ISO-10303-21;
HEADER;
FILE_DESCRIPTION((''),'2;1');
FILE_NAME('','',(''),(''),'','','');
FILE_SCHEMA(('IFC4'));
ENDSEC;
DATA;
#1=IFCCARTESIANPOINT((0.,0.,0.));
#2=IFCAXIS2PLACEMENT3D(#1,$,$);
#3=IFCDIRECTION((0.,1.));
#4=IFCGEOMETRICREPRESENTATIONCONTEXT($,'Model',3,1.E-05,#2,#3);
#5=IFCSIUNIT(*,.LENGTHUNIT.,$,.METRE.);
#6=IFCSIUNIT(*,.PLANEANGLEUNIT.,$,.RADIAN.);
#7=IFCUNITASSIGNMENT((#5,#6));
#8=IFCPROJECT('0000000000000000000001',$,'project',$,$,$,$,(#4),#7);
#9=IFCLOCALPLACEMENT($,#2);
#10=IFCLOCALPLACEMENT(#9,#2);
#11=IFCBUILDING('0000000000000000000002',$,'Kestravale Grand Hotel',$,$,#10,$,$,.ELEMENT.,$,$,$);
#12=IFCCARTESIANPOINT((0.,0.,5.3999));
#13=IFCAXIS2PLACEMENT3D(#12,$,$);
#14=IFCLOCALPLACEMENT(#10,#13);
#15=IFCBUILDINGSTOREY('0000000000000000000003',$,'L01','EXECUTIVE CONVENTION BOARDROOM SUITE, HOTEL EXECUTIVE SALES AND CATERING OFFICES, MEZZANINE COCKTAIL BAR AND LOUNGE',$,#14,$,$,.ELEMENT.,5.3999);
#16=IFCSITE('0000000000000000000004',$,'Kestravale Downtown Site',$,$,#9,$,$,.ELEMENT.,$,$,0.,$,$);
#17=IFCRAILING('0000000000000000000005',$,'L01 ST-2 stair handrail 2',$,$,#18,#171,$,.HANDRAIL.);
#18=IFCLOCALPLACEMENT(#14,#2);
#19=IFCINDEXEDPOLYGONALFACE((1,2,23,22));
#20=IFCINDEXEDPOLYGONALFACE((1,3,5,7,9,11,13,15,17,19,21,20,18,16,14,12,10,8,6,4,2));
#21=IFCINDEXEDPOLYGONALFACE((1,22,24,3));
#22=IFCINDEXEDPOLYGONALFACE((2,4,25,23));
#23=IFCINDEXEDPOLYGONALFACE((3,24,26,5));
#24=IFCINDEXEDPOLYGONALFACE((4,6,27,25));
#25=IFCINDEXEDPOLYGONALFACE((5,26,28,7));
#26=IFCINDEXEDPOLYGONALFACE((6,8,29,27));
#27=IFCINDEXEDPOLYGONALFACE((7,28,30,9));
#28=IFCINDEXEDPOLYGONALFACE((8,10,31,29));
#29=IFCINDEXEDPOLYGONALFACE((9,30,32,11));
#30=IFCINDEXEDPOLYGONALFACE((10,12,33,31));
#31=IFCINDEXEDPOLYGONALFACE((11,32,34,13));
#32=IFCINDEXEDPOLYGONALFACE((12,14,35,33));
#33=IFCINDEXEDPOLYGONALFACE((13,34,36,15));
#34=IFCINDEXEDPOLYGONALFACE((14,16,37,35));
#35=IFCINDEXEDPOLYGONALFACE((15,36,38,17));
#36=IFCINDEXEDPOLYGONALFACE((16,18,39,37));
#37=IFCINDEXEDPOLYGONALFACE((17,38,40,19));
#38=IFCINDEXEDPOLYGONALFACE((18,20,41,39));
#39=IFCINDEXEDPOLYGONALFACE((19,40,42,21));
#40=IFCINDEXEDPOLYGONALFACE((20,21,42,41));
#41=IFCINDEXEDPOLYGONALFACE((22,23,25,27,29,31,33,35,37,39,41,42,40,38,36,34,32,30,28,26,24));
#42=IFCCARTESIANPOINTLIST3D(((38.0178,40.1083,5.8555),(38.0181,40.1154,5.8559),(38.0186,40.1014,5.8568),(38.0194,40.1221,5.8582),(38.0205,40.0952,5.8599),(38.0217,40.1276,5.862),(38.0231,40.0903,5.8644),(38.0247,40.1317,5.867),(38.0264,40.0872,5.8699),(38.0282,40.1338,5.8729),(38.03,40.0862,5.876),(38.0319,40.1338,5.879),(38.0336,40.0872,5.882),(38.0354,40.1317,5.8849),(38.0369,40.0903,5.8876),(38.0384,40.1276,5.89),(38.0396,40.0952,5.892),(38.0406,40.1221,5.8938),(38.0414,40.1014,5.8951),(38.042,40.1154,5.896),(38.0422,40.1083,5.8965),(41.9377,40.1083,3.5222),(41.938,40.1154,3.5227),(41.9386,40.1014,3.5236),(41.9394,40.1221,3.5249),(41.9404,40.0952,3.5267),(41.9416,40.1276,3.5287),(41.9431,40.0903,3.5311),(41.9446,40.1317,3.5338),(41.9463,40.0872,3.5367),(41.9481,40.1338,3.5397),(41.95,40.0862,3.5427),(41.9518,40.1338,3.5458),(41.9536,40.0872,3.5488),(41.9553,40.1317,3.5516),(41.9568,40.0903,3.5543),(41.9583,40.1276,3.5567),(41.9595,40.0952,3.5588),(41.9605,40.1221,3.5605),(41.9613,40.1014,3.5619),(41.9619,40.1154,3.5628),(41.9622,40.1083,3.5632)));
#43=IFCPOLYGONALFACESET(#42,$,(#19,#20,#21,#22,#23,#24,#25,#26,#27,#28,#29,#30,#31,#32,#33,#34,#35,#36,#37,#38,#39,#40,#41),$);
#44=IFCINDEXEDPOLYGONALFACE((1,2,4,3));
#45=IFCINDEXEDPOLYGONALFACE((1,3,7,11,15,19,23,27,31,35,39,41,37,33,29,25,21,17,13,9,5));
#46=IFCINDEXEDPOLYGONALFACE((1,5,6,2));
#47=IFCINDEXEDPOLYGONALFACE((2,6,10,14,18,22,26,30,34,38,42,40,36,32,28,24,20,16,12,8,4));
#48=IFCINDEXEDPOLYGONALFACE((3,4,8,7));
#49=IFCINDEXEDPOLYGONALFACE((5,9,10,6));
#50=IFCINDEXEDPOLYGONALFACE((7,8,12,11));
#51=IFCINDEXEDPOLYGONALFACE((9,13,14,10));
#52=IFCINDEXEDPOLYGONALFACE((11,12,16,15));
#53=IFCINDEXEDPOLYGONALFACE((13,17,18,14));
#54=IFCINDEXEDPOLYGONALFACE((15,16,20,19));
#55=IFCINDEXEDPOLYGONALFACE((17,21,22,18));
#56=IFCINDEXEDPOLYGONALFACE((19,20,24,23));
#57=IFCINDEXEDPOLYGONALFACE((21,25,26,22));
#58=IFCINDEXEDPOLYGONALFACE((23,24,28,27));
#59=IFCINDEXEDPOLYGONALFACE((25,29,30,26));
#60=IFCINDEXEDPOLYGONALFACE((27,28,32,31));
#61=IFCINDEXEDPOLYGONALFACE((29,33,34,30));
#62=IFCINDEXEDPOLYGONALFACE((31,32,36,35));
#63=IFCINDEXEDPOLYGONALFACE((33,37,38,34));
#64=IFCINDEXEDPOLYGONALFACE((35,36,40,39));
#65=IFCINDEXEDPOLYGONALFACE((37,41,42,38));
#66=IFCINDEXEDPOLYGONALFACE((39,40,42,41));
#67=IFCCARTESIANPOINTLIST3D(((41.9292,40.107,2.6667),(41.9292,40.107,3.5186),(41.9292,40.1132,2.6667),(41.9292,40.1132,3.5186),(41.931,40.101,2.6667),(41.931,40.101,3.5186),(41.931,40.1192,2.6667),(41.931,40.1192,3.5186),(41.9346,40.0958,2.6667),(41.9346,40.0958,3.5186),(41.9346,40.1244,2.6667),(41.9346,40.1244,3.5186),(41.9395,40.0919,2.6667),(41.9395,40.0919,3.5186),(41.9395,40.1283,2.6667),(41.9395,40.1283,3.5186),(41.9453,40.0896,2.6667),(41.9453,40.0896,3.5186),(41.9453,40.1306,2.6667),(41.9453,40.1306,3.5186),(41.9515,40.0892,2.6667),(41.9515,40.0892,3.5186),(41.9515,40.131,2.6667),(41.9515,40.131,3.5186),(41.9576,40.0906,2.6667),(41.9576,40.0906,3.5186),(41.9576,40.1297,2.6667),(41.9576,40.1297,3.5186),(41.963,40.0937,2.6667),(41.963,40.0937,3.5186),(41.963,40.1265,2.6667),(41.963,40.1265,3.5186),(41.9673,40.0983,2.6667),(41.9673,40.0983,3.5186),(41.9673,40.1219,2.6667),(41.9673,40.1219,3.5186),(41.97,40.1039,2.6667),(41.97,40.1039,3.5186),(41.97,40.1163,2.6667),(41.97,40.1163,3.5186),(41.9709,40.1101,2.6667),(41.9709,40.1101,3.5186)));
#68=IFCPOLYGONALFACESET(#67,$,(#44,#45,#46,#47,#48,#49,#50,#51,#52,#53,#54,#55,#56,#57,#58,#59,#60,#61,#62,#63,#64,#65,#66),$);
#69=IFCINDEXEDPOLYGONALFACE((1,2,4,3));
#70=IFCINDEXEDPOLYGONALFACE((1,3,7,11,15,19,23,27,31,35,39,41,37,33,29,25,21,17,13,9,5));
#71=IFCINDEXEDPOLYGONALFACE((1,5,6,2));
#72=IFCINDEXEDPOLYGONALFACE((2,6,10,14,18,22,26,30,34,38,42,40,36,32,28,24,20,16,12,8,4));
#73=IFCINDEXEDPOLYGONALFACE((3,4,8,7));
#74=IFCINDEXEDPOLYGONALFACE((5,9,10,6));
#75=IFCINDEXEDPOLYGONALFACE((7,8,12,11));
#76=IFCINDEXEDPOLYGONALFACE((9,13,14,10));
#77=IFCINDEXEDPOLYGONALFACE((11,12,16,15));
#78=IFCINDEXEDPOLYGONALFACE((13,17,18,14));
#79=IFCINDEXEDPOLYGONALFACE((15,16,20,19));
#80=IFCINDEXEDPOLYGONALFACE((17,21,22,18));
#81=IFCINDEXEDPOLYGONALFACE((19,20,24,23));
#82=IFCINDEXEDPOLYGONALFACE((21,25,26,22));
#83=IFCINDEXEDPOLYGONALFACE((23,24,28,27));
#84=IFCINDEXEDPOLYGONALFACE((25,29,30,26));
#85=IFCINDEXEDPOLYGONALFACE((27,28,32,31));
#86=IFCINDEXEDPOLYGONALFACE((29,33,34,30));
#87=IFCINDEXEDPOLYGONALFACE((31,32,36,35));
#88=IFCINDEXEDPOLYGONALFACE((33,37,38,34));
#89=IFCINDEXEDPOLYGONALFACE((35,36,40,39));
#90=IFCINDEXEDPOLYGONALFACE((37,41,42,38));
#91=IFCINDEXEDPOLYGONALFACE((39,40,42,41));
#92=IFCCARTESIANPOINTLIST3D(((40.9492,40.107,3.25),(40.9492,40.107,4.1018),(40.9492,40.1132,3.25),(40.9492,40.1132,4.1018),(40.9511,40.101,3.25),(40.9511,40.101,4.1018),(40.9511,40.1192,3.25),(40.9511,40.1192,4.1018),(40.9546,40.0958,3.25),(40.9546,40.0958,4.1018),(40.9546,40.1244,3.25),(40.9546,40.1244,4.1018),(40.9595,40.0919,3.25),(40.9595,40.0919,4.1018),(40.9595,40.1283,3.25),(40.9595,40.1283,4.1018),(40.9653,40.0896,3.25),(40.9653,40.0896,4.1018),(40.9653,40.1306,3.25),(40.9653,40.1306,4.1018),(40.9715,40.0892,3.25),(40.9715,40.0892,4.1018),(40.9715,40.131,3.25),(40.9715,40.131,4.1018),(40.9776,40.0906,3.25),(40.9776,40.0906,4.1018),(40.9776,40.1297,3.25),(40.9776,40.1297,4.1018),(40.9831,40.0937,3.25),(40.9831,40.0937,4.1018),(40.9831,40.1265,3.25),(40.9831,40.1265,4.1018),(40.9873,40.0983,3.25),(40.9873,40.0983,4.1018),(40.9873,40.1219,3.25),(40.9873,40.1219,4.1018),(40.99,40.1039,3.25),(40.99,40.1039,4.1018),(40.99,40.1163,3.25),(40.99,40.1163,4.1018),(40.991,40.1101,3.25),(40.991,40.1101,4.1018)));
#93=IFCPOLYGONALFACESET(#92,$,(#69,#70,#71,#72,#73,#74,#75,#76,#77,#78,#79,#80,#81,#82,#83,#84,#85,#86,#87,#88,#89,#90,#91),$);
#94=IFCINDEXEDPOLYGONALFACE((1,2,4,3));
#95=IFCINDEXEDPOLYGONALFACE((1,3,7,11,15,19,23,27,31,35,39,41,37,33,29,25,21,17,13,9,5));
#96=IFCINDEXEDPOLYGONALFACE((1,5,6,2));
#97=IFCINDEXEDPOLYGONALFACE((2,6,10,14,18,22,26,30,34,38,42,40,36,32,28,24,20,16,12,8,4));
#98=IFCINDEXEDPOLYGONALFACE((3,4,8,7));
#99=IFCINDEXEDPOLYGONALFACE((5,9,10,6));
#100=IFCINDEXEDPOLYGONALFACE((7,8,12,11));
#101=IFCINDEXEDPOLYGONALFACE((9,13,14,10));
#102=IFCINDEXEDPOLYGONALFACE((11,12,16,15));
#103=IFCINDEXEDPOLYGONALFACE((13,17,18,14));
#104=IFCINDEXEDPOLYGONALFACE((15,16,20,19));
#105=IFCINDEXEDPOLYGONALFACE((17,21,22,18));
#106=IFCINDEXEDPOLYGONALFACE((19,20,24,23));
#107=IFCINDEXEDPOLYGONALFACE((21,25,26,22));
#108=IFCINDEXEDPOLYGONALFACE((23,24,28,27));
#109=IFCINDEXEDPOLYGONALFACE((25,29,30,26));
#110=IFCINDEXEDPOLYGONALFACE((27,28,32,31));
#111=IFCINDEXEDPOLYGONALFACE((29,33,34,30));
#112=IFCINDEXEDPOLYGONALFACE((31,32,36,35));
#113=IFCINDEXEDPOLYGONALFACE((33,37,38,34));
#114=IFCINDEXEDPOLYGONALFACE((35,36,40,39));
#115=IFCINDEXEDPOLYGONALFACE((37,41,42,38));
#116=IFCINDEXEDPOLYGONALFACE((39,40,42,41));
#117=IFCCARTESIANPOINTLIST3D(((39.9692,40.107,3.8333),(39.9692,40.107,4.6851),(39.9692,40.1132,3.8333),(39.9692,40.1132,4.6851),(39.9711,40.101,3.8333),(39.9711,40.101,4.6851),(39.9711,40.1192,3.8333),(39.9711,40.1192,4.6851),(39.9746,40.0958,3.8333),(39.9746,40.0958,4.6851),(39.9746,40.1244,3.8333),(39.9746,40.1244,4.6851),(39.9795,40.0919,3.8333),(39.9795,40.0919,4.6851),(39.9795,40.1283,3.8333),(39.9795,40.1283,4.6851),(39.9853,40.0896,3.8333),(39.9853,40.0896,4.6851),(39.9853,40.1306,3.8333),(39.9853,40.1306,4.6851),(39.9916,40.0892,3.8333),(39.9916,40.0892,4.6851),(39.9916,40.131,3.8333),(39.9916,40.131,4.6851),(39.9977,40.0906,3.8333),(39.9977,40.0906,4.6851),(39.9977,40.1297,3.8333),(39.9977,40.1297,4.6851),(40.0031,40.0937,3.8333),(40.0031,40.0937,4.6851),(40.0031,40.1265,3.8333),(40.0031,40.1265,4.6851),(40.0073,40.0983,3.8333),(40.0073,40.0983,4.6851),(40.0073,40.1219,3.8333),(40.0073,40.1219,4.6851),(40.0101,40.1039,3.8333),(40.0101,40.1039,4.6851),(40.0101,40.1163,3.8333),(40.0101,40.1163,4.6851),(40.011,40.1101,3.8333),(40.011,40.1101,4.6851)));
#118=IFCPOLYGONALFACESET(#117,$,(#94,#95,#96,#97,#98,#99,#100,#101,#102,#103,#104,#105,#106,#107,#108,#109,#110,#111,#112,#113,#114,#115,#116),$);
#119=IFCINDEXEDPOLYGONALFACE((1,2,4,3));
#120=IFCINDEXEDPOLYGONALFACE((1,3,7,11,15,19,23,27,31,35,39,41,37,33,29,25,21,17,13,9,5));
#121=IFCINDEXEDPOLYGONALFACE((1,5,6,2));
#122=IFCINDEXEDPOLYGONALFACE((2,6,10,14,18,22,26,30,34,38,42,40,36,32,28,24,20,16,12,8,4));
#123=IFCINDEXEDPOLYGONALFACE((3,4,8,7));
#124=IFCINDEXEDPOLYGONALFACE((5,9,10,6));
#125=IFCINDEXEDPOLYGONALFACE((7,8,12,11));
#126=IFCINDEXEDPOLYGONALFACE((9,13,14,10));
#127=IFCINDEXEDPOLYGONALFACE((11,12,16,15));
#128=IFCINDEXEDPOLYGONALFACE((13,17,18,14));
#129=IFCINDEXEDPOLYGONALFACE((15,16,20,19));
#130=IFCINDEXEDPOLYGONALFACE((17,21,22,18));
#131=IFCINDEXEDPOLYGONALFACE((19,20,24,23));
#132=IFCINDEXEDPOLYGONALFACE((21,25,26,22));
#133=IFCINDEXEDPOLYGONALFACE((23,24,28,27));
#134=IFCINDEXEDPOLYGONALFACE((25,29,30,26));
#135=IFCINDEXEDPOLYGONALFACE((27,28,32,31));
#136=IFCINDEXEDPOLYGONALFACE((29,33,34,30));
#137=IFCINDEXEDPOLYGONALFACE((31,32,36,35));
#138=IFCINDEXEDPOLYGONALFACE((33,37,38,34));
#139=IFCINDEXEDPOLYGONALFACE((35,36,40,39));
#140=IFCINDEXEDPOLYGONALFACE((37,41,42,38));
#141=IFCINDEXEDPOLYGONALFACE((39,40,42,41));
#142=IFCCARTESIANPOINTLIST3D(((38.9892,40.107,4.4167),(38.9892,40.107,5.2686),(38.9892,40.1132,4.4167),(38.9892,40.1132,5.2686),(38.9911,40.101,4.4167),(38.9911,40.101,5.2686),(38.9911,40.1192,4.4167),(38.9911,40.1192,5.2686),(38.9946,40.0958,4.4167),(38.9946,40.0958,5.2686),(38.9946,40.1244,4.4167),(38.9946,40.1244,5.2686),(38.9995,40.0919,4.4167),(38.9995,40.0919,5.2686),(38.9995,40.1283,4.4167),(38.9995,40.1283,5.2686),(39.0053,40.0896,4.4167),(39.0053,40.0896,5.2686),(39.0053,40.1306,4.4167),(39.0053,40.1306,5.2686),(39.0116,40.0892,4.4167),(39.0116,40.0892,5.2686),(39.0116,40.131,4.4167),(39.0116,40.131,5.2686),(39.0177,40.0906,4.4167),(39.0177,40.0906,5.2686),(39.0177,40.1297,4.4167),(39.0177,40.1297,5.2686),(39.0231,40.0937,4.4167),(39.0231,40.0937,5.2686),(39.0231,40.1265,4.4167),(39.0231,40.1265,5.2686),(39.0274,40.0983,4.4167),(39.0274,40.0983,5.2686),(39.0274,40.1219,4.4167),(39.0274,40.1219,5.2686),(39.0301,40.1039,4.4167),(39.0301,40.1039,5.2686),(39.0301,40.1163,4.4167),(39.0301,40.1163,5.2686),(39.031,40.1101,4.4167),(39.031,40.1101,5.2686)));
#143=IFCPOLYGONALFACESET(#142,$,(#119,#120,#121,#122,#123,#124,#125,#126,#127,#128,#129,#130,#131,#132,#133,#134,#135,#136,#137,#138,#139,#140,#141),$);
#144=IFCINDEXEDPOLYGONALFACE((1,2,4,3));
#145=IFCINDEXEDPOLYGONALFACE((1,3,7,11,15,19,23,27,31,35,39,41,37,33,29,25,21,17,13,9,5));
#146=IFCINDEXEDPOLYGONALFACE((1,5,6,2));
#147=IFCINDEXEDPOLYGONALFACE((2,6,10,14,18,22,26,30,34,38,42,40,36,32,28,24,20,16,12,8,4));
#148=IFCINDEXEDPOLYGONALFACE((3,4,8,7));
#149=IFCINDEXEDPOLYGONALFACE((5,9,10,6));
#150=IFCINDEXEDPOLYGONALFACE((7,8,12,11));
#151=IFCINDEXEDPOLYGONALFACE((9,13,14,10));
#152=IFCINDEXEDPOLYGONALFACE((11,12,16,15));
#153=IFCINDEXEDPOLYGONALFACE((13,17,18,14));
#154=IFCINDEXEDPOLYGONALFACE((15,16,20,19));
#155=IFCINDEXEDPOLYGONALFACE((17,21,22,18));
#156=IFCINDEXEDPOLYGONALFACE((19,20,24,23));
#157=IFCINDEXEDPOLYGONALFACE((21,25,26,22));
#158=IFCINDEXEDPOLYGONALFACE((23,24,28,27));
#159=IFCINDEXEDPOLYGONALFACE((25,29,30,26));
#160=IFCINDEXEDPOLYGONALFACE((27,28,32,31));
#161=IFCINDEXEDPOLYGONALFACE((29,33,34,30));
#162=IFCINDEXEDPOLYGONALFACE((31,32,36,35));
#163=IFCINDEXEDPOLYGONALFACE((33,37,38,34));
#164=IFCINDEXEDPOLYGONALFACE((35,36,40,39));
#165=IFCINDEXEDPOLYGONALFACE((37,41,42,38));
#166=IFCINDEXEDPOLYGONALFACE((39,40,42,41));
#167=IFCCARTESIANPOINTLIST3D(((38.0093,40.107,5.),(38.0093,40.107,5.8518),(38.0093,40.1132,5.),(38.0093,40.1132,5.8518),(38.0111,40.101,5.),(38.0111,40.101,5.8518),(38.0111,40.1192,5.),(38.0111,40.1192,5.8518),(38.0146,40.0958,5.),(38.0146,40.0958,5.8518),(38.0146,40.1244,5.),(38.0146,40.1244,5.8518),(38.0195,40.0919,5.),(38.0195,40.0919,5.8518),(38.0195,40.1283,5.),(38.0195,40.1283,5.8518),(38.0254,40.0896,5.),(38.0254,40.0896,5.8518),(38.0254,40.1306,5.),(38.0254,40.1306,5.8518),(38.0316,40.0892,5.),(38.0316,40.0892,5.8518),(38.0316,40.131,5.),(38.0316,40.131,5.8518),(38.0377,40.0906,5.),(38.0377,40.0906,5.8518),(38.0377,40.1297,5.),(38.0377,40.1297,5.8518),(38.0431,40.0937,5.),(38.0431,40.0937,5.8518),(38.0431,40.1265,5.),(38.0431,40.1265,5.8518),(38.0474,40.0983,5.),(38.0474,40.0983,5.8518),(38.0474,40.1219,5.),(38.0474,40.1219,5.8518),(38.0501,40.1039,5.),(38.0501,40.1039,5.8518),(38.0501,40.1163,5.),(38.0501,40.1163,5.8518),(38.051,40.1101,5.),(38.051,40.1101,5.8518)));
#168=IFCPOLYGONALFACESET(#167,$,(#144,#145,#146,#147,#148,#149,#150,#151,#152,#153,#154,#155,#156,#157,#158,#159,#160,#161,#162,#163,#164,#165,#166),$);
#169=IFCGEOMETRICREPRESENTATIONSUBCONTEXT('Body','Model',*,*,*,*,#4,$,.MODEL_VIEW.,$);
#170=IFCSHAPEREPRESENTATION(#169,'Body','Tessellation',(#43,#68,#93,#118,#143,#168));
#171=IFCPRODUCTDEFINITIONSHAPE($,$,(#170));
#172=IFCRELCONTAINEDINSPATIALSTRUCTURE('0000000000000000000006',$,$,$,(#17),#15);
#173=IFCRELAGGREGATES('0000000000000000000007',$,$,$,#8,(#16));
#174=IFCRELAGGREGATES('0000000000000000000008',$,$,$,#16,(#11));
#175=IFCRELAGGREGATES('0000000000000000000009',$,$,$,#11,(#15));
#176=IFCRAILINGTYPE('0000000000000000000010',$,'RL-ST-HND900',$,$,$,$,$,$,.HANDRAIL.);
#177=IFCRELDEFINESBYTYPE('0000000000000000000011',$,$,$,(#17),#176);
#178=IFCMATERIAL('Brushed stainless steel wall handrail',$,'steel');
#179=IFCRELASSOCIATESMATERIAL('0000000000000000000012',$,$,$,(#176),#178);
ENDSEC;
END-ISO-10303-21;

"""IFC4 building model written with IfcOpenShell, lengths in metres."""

from ifc_helpers import new_model, si_unit, direction, frame, origin, origin_2d, place, context, subcontext, project, spatial, circle, extrude, material, type_object, element, save


model = new_model("IFC4")

# Units and contexts
model_context = context("Model", 3, precision=1e-05, world=origin(), true_north=direction((0.0, 1.0)))
body_context = subcontext(model_context, "Body", "Model", "MODEL_VIEW")
ifc_project = project(units=[si_unit("LENGTHUNIT", "METRE"), si_unit("PLANEANGLEUNIT", "RADIAN")], contexts=[model_context])

# Site, building, storey
site_placement = place(None, origin())
site = spatial("IfcSite", under=ifc_project, at=site_placement, Name="Kestravale Downtown Site", CompositionType="ELEMENT", RefElevation=0.0)
building_placement = place(site_placement, origin())
building = spatial("IfcBuilding", under=site, at=building_placement, Name="Kestravale Grand Hotel", CompositionType="ELEMENT")
storey_placement = place(building_placement, frame((0.0, 0.0, 5.3999)))
storey = spatial("IfcBuildingStorey", under=building, at=storey_placement, Name="L01", Description="EXECUTIVE CONVENTION BOARDROOM SUITE, HOTEL EXECUTIVE SALES AND CATERING OFFICES, MEZZANINE COCKTAIL BAR AND LOUNGE", CompositionType="ELEMENT", Elevation=5.3999)

# Railing
ifc_material_1 = material(Name="Brushed stainless steel wall handrail", Category="steel")
railing_type_1 = type_object("IfcRailingType", Name="RL-ST-HND900", PredefinedType="HANDRAIL", material=ifc_material_1)
railing_1_placement = place(storey_placement, frame((41.95, 40.1101, 2.6667)))
element("IfcRailing", 1, at=railing_1_placement, inside=storey, type_object=railing_type_1, Name="L01 ST-2 stair handrail 2", PredefinedType="HANDRAIL", context=body_context, shape_type="SweptSolid", body=[
    extrude(circle(Radius=0.0239, at=origin_2d()), frame((0.0, 0.0, 0.876), z_axis=(-0.859296, 0.0, 0.511478), x_axis=(0.0, -1.0, 0.0)), (0.0, 0.0, 1.0), 4.5618),
    extrude(circle(Radius=0.021, at=origin_2d()), origin(), (0.0, 0.0, 1.0), 0.8518),
    extrude(circle(Radius=0.021, at=origin_2d()), frame((-0.98, 0.0, 0.5833)), (0.0, 0.0, 1.0), 0.8518),
    extrude(circle(Radius=0.021, at=origin_2d()), frame((-1.96, 0.0, 1.1665)), (0.0, 0.0, 1.0), 0.8518),
    extrude(circle(Radius=0.021, at=origin_2d()), frame((-2.9399, 0.0, 1.75)), (0.0, 0.0, 1.0), 0.8518),
    extrude(circle(Radius=0.021, at=origin_2d()), frame((-3.9199, 0.0, 2.3333)), (0.0, 0.0, 1.0), 0.8518),
])

save(model, "model.ifc")
